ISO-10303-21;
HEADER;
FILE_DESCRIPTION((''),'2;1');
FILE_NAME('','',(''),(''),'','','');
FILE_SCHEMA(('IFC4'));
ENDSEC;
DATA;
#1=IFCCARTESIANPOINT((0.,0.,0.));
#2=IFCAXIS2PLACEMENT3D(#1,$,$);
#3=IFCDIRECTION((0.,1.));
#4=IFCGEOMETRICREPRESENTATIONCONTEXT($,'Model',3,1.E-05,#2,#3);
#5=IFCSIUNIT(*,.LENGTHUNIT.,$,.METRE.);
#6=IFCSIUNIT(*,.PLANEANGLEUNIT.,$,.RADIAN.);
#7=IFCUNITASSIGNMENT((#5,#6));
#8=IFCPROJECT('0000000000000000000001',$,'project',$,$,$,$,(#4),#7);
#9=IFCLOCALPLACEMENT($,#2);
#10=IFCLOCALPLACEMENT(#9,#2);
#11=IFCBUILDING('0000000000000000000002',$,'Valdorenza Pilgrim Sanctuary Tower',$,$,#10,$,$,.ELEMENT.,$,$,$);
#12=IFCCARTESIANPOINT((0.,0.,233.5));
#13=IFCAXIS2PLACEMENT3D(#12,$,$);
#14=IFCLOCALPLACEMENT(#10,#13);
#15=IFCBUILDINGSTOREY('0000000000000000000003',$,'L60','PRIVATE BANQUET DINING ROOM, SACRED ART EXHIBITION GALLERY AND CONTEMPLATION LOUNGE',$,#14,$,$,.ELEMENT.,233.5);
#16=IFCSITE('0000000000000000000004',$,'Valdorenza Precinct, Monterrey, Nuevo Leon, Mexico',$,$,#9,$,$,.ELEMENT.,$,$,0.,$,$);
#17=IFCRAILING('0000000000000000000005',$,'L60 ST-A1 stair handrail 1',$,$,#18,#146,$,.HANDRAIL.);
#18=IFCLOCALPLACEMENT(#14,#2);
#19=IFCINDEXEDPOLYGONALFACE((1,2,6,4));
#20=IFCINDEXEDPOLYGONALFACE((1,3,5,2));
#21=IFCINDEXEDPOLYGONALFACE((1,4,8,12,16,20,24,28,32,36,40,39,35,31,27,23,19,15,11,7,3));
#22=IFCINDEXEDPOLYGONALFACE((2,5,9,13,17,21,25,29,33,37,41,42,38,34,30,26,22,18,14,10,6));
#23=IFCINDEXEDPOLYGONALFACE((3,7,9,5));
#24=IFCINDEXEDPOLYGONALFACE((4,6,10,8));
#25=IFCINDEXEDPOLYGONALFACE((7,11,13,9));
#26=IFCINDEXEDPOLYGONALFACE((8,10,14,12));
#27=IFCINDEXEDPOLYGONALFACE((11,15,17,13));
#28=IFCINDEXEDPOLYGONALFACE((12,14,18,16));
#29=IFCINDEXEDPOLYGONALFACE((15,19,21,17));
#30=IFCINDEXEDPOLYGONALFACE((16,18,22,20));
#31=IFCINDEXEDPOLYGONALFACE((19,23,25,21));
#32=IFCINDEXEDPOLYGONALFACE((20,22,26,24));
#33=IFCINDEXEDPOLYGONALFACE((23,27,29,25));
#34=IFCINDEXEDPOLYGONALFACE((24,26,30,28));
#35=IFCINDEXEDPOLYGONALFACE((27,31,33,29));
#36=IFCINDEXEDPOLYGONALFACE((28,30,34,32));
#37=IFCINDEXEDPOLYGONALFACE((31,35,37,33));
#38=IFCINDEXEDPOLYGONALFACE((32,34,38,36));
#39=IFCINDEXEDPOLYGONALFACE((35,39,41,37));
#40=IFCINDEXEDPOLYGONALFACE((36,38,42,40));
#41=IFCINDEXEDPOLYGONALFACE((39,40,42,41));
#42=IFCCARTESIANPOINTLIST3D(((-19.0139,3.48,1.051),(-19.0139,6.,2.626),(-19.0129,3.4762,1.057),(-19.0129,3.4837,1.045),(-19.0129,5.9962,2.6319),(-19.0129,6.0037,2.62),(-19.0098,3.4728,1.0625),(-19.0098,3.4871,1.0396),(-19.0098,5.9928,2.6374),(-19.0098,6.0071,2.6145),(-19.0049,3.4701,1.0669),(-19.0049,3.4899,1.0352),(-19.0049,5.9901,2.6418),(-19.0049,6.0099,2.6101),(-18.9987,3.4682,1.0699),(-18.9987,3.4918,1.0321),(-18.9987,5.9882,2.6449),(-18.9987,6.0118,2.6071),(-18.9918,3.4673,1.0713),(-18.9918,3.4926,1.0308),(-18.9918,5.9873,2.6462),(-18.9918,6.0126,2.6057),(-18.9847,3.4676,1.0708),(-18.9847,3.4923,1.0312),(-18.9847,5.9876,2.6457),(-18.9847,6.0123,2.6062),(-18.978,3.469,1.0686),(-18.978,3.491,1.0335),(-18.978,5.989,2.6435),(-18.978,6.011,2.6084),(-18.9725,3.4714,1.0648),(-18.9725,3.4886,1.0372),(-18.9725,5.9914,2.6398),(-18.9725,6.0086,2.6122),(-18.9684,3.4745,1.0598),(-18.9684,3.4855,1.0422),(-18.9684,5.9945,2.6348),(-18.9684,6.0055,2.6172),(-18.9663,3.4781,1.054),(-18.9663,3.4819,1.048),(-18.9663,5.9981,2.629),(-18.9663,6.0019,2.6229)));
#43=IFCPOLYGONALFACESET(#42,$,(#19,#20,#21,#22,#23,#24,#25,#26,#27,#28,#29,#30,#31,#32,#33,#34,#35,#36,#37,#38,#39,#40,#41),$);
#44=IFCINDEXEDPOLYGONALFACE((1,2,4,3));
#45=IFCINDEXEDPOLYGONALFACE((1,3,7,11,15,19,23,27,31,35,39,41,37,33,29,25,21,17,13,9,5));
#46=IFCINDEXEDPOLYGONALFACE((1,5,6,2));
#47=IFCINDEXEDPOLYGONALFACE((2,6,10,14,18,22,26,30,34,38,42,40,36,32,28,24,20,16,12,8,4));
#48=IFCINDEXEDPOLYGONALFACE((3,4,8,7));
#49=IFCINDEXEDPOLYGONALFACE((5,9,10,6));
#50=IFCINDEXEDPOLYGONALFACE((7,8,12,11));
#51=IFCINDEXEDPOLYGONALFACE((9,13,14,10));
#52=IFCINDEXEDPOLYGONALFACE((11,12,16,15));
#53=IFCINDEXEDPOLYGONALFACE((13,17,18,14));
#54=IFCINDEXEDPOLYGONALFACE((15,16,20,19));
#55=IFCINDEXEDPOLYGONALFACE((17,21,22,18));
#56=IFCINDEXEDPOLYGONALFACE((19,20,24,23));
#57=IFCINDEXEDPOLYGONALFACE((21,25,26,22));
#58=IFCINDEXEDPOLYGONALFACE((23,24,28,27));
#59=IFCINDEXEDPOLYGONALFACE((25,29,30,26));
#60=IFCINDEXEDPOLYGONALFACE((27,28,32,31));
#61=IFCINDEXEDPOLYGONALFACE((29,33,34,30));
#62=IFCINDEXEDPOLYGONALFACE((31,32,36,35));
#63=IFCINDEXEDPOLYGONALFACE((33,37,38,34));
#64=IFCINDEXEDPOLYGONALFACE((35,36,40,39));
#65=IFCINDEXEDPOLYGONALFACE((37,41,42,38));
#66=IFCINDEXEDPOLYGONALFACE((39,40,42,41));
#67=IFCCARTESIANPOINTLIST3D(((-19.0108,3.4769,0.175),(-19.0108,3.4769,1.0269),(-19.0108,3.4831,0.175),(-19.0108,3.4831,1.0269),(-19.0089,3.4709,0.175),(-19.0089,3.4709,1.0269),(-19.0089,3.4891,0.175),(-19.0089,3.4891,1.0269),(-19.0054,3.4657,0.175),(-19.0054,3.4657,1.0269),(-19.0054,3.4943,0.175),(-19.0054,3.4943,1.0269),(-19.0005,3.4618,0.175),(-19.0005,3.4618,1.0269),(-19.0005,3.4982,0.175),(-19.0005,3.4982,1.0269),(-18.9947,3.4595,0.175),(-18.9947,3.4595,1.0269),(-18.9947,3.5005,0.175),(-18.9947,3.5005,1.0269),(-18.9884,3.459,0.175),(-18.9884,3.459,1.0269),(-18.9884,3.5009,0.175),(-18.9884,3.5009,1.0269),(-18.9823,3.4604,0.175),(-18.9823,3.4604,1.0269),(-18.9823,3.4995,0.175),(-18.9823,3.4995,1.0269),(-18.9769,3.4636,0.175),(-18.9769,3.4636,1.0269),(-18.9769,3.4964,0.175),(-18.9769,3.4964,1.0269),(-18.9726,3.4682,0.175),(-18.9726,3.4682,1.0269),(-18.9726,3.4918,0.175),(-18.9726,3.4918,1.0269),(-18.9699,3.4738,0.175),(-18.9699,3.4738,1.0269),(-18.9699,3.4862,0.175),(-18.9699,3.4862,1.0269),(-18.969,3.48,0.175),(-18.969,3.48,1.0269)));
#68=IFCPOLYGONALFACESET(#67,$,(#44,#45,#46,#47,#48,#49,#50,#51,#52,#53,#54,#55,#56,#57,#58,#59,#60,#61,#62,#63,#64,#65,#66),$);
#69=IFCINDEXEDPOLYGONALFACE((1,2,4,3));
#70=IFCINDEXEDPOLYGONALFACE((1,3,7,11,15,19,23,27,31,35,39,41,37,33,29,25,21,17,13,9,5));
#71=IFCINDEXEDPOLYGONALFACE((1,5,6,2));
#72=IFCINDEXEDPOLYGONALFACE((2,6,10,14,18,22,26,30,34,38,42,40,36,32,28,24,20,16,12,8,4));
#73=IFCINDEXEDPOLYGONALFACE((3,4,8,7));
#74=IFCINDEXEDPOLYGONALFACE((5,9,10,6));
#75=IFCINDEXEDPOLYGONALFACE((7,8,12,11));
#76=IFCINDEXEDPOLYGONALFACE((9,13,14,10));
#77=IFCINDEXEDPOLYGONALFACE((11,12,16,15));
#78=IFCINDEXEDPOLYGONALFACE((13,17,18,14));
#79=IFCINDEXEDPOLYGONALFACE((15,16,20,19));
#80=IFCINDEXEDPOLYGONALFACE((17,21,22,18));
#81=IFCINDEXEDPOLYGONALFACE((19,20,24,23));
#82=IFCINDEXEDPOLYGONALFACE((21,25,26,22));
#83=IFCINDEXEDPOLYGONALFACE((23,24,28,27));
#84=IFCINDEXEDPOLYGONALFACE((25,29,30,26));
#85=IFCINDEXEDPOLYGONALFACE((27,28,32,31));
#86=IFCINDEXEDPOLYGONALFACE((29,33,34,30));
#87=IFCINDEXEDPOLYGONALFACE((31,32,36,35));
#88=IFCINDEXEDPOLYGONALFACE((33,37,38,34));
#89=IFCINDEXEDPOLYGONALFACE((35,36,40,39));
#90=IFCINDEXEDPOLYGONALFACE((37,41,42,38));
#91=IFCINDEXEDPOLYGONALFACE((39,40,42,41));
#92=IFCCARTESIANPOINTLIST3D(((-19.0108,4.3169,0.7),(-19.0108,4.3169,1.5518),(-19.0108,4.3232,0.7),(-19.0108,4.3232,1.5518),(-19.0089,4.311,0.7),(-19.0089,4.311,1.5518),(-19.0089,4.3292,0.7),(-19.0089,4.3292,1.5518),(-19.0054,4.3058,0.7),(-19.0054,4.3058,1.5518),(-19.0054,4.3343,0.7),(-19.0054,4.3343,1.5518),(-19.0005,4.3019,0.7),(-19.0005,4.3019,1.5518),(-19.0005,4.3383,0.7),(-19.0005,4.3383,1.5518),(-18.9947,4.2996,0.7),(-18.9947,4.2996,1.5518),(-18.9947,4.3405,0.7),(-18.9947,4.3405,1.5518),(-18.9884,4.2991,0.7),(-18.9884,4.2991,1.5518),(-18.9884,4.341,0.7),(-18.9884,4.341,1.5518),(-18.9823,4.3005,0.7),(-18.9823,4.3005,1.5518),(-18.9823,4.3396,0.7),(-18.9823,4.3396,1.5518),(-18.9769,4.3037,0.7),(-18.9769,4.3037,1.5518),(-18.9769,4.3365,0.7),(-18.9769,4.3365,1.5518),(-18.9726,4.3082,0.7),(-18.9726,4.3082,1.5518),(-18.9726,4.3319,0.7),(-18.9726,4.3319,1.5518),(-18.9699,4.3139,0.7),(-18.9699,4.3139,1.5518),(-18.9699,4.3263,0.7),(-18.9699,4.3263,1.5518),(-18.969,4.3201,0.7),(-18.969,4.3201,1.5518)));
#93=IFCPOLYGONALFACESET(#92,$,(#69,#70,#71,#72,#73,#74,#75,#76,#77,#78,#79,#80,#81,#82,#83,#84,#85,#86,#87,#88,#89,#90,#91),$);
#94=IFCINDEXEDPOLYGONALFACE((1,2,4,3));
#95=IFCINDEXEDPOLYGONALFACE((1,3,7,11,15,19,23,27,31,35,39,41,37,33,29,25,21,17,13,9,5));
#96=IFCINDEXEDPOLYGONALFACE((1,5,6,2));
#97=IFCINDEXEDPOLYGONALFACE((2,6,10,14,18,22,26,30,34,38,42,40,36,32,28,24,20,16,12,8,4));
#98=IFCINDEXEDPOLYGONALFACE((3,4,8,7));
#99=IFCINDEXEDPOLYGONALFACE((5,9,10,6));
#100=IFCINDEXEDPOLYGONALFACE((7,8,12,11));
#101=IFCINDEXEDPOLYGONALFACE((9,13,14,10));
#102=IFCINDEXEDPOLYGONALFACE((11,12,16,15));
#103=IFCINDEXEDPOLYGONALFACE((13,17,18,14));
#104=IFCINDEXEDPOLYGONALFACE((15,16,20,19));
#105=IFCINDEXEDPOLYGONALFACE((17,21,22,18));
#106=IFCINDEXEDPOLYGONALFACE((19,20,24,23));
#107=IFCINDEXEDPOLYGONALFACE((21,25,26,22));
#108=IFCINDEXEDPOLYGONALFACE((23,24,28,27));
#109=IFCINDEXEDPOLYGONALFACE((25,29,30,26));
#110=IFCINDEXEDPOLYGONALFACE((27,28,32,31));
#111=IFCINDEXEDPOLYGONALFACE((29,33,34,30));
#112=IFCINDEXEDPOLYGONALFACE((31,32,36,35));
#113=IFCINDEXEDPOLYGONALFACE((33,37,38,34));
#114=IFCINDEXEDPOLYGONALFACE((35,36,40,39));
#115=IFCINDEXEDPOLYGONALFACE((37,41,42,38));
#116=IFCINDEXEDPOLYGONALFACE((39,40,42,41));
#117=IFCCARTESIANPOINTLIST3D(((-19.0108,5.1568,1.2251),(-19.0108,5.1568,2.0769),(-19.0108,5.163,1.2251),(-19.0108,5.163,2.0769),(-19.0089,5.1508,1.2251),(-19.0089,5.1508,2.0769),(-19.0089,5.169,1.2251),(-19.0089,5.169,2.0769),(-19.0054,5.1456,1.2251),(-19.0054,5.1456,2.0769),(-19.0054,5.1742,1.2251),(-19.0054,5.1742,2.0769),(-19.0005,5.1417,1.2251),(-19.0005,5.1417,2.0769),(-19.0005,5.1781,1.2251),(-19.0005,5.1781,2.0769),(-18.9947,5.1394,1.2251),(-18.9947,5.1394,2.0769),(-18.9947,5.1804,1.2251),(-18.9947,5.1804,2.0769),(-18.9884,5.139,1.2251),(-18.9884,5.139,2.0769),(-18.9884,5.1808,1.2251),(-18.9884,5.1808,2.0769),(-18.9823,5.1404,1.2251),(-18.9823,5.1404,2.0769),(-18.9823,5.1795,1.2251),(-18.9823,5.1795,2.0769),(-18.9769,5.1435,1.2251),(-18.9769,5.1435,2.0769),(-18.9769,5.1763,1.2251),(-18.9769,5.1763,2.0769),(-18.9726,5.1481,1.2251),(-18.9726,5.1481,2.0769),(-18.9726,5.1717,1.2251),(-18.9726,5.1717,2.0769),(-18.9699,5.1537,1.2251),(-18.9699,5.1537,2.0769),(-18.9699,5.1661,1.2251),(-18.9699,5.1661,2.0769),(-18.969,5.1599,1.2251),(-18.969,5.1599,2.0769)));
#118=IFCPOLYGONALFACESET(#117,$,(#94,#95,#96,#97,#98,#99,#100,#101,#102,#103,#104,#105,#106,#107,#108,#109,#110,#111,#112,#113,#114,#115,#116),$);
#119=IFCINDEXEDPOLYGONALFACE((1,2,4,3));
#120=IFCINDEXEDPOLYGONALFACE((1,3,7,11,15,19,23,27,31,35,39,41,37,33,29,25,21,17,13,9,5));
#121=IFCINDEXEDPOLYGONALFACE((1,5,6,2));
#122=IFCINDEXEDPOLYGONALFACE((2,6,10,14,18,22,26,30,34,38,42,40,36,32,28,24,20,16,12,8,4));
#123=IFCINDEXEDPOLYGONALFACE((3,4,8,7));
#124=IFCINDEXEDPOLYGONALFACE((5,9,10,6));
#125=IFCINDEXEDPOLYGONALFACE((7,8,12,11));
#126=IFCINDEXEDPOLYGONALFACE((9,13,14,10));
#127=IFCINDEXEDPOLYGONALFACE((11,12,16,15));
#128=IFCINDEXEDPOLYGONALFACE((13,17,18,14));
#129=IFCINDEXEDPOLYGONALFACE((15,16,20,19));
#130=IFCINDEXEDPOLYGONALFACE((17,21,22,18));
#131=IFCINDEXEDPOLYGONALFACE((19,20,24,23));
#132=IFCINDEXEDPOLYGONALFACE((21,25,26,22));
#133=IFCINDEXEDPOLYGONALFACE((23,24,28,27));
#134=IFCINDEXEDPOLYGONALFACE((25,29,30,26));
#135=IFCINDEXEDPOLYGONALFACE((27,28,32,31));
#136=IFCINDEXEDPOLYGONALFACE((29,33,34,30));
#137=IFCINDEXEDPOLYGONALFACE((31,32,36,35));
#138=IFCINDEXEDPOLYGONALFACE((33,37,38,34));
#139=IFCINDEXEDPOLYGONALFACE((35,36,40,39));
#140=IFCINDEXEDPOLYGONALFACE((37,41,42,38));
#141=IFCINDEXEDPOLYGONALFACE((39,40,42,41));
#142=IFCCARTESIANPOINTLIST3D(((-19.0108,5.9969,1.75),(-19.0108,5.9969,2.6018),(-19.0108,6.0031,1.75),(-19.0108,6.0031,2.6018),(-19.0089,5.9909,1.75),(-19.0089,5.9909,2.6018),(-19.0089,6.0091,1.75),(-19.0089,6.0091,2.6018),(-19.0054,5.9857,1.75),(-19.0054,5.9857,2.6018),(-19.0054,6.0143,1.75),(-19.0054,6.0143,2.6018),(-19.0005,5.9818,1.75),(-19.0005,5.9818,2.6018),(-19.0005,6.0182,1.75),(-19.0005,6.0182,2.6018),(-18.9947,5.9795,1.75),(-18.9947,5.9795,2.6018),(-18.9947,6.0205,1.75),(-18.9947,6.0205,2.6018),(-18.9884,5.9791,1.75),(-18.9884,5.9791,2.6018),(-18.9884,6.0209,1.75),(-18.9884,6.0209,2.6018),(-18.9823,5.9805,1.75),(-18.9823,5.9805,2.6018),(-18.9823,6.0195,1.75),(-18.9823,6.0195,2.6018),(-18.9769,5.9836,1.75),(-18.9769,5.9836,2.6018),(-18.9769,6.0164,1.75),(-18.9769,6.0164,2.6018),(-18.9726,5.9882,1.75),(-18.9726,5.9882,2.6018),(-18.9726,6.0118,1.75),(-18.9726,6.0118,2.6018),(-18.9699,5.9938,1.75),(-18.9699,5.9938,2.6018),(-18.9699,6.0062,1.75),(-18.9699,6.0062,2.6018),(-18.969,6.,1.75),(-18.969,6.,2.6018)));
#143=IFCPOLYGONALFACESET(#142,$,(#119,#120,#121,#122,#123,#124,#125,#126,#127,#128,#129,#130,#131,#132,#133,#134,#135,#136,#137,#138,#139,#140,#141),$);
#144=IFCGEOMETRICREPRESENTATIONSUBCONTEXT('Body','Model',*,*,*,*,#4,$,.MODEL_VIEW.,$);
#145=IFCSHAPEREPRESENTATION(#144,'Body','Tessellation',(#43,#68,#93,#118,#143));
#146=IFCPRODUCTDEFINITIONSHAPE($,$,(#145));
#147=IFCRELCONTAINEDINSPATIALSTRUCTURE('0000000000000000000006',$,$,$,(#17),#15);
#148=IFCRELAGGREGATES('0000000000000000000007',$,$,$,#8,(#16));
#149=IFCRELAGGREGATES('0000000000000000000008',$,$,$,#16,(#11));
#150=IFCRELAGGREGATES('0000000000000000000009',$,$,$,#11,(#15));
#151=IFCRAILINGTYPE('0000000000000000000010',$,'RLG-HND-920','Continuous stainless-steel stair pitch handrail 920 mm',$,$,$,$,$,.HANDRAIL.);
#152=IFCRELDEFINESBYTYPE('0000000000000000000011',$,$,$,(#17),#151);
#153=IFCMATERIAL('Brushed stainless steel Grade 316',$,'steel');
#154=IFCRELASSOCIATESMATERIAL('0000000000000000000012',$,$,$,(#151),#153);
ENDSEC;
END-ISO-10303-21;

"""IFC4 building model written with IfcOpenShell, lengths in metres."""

from ifc_helpers import new_model, si_unit, direction, frame, origin, origin_2d, place, context, subcontext, project, spatial, circle, extrude, material, type_object, element, save


model = new_model("IFC4")

# Units and contexts
model_context = context("Model", 3, precision=1e-05, world=origin(), true_north=direction((0.0, 1.0)))
body_context = subcontext(model_context, "Body", "Model", "MODEL_VIEW")
ifc_project = project(units=[si_unit("LENGTHUNIT", "METRE"), si_unit("PLANEANGLEUNIT", "RADIAN")], contexts=[model_context])

# Site, building, storey
site_placement = place(None, origin())
site = spatial("IfcSite", under=ifc_project, at=site_placement, Name="Valdorenza Precinct, Monterrey, Nuevo Leon, Mexico", CompositionType="ELEMENT", RefElevation=0.0)
building_placement = place(site_placement, origin())
building = spatial("IfcBuilding", under=site, at=building_placement, Name="Valdorenza Pilgrim Sanctuary Tower", CompositionType="ELEMENT")
storey_placement = place(building_placement, frame((0.0, 0.0, 233.5)))
storey = spatial("IfcBuildingStorey", under=building, at=storey_placement, Name="L60", Description="PRIVATE BANQUET DINING ROOM, SACRED ART EXHIBITION GALLERY AND CONTEMPLATION LOUNGE", CompositionType="ELEMENT", Elevation=233.5)

# Shared definitions
ifc_material_1 = material(Name="Brushed stainless steel Grade 316", Category="steel")

# Railing
railing_type_1 = type_object("IfcRailingType", Name="RLG-HND-920", Description="Continuous stainless-steel stair pitch handrail 920 mm", PredefinedType="HANDRAIL", material=ifc_material_1)
railing_1_placement = place(storey_placement, frame((-18.99, 3.48, 0.175)))
element("IfcRailing", 1, at=railing_1_placement, inside=storey, type_object=railing_type_1, Name="L60 ST-A1 stair handrail 1", PredefinedType="HANDRAIL", context=body_context, shape_type="SweptSolid", body=[
    extrude(circle(Radius=0.0239, at=origin_2d()), frame((0.0, 0.0, 0.876), z_axis=(0.0, 0.848008, 0.529984), x_axis=(-1.0, 0.0, 0.0)), (0.0, 0.0, 1.0), 2.9717),
    extrude(circle(Radius=0.021, at=origin_2d()), origin(), (0.0, 0.0, 1.0), 0.8518),
    extrude(circle(Radius=0.021, at=origin_2d()), frame((0.0, 0.8401, 0.5249)), (0.0, 0.0, 1.0), 0.8518),
    extrude(circle(Radius=0.021, at=origin_2d()), frame((0.0, 1.6799, 1.05)), (0.0, 0.0, 1.0), 0.8518),
    extrude(circle(Radius=0.021, at=origin_2d()), frame((0.0, 2.52, 1.575)), (0.0, 0.0, 1.0), 0.8518),
])

save(model, "model.ifc")
